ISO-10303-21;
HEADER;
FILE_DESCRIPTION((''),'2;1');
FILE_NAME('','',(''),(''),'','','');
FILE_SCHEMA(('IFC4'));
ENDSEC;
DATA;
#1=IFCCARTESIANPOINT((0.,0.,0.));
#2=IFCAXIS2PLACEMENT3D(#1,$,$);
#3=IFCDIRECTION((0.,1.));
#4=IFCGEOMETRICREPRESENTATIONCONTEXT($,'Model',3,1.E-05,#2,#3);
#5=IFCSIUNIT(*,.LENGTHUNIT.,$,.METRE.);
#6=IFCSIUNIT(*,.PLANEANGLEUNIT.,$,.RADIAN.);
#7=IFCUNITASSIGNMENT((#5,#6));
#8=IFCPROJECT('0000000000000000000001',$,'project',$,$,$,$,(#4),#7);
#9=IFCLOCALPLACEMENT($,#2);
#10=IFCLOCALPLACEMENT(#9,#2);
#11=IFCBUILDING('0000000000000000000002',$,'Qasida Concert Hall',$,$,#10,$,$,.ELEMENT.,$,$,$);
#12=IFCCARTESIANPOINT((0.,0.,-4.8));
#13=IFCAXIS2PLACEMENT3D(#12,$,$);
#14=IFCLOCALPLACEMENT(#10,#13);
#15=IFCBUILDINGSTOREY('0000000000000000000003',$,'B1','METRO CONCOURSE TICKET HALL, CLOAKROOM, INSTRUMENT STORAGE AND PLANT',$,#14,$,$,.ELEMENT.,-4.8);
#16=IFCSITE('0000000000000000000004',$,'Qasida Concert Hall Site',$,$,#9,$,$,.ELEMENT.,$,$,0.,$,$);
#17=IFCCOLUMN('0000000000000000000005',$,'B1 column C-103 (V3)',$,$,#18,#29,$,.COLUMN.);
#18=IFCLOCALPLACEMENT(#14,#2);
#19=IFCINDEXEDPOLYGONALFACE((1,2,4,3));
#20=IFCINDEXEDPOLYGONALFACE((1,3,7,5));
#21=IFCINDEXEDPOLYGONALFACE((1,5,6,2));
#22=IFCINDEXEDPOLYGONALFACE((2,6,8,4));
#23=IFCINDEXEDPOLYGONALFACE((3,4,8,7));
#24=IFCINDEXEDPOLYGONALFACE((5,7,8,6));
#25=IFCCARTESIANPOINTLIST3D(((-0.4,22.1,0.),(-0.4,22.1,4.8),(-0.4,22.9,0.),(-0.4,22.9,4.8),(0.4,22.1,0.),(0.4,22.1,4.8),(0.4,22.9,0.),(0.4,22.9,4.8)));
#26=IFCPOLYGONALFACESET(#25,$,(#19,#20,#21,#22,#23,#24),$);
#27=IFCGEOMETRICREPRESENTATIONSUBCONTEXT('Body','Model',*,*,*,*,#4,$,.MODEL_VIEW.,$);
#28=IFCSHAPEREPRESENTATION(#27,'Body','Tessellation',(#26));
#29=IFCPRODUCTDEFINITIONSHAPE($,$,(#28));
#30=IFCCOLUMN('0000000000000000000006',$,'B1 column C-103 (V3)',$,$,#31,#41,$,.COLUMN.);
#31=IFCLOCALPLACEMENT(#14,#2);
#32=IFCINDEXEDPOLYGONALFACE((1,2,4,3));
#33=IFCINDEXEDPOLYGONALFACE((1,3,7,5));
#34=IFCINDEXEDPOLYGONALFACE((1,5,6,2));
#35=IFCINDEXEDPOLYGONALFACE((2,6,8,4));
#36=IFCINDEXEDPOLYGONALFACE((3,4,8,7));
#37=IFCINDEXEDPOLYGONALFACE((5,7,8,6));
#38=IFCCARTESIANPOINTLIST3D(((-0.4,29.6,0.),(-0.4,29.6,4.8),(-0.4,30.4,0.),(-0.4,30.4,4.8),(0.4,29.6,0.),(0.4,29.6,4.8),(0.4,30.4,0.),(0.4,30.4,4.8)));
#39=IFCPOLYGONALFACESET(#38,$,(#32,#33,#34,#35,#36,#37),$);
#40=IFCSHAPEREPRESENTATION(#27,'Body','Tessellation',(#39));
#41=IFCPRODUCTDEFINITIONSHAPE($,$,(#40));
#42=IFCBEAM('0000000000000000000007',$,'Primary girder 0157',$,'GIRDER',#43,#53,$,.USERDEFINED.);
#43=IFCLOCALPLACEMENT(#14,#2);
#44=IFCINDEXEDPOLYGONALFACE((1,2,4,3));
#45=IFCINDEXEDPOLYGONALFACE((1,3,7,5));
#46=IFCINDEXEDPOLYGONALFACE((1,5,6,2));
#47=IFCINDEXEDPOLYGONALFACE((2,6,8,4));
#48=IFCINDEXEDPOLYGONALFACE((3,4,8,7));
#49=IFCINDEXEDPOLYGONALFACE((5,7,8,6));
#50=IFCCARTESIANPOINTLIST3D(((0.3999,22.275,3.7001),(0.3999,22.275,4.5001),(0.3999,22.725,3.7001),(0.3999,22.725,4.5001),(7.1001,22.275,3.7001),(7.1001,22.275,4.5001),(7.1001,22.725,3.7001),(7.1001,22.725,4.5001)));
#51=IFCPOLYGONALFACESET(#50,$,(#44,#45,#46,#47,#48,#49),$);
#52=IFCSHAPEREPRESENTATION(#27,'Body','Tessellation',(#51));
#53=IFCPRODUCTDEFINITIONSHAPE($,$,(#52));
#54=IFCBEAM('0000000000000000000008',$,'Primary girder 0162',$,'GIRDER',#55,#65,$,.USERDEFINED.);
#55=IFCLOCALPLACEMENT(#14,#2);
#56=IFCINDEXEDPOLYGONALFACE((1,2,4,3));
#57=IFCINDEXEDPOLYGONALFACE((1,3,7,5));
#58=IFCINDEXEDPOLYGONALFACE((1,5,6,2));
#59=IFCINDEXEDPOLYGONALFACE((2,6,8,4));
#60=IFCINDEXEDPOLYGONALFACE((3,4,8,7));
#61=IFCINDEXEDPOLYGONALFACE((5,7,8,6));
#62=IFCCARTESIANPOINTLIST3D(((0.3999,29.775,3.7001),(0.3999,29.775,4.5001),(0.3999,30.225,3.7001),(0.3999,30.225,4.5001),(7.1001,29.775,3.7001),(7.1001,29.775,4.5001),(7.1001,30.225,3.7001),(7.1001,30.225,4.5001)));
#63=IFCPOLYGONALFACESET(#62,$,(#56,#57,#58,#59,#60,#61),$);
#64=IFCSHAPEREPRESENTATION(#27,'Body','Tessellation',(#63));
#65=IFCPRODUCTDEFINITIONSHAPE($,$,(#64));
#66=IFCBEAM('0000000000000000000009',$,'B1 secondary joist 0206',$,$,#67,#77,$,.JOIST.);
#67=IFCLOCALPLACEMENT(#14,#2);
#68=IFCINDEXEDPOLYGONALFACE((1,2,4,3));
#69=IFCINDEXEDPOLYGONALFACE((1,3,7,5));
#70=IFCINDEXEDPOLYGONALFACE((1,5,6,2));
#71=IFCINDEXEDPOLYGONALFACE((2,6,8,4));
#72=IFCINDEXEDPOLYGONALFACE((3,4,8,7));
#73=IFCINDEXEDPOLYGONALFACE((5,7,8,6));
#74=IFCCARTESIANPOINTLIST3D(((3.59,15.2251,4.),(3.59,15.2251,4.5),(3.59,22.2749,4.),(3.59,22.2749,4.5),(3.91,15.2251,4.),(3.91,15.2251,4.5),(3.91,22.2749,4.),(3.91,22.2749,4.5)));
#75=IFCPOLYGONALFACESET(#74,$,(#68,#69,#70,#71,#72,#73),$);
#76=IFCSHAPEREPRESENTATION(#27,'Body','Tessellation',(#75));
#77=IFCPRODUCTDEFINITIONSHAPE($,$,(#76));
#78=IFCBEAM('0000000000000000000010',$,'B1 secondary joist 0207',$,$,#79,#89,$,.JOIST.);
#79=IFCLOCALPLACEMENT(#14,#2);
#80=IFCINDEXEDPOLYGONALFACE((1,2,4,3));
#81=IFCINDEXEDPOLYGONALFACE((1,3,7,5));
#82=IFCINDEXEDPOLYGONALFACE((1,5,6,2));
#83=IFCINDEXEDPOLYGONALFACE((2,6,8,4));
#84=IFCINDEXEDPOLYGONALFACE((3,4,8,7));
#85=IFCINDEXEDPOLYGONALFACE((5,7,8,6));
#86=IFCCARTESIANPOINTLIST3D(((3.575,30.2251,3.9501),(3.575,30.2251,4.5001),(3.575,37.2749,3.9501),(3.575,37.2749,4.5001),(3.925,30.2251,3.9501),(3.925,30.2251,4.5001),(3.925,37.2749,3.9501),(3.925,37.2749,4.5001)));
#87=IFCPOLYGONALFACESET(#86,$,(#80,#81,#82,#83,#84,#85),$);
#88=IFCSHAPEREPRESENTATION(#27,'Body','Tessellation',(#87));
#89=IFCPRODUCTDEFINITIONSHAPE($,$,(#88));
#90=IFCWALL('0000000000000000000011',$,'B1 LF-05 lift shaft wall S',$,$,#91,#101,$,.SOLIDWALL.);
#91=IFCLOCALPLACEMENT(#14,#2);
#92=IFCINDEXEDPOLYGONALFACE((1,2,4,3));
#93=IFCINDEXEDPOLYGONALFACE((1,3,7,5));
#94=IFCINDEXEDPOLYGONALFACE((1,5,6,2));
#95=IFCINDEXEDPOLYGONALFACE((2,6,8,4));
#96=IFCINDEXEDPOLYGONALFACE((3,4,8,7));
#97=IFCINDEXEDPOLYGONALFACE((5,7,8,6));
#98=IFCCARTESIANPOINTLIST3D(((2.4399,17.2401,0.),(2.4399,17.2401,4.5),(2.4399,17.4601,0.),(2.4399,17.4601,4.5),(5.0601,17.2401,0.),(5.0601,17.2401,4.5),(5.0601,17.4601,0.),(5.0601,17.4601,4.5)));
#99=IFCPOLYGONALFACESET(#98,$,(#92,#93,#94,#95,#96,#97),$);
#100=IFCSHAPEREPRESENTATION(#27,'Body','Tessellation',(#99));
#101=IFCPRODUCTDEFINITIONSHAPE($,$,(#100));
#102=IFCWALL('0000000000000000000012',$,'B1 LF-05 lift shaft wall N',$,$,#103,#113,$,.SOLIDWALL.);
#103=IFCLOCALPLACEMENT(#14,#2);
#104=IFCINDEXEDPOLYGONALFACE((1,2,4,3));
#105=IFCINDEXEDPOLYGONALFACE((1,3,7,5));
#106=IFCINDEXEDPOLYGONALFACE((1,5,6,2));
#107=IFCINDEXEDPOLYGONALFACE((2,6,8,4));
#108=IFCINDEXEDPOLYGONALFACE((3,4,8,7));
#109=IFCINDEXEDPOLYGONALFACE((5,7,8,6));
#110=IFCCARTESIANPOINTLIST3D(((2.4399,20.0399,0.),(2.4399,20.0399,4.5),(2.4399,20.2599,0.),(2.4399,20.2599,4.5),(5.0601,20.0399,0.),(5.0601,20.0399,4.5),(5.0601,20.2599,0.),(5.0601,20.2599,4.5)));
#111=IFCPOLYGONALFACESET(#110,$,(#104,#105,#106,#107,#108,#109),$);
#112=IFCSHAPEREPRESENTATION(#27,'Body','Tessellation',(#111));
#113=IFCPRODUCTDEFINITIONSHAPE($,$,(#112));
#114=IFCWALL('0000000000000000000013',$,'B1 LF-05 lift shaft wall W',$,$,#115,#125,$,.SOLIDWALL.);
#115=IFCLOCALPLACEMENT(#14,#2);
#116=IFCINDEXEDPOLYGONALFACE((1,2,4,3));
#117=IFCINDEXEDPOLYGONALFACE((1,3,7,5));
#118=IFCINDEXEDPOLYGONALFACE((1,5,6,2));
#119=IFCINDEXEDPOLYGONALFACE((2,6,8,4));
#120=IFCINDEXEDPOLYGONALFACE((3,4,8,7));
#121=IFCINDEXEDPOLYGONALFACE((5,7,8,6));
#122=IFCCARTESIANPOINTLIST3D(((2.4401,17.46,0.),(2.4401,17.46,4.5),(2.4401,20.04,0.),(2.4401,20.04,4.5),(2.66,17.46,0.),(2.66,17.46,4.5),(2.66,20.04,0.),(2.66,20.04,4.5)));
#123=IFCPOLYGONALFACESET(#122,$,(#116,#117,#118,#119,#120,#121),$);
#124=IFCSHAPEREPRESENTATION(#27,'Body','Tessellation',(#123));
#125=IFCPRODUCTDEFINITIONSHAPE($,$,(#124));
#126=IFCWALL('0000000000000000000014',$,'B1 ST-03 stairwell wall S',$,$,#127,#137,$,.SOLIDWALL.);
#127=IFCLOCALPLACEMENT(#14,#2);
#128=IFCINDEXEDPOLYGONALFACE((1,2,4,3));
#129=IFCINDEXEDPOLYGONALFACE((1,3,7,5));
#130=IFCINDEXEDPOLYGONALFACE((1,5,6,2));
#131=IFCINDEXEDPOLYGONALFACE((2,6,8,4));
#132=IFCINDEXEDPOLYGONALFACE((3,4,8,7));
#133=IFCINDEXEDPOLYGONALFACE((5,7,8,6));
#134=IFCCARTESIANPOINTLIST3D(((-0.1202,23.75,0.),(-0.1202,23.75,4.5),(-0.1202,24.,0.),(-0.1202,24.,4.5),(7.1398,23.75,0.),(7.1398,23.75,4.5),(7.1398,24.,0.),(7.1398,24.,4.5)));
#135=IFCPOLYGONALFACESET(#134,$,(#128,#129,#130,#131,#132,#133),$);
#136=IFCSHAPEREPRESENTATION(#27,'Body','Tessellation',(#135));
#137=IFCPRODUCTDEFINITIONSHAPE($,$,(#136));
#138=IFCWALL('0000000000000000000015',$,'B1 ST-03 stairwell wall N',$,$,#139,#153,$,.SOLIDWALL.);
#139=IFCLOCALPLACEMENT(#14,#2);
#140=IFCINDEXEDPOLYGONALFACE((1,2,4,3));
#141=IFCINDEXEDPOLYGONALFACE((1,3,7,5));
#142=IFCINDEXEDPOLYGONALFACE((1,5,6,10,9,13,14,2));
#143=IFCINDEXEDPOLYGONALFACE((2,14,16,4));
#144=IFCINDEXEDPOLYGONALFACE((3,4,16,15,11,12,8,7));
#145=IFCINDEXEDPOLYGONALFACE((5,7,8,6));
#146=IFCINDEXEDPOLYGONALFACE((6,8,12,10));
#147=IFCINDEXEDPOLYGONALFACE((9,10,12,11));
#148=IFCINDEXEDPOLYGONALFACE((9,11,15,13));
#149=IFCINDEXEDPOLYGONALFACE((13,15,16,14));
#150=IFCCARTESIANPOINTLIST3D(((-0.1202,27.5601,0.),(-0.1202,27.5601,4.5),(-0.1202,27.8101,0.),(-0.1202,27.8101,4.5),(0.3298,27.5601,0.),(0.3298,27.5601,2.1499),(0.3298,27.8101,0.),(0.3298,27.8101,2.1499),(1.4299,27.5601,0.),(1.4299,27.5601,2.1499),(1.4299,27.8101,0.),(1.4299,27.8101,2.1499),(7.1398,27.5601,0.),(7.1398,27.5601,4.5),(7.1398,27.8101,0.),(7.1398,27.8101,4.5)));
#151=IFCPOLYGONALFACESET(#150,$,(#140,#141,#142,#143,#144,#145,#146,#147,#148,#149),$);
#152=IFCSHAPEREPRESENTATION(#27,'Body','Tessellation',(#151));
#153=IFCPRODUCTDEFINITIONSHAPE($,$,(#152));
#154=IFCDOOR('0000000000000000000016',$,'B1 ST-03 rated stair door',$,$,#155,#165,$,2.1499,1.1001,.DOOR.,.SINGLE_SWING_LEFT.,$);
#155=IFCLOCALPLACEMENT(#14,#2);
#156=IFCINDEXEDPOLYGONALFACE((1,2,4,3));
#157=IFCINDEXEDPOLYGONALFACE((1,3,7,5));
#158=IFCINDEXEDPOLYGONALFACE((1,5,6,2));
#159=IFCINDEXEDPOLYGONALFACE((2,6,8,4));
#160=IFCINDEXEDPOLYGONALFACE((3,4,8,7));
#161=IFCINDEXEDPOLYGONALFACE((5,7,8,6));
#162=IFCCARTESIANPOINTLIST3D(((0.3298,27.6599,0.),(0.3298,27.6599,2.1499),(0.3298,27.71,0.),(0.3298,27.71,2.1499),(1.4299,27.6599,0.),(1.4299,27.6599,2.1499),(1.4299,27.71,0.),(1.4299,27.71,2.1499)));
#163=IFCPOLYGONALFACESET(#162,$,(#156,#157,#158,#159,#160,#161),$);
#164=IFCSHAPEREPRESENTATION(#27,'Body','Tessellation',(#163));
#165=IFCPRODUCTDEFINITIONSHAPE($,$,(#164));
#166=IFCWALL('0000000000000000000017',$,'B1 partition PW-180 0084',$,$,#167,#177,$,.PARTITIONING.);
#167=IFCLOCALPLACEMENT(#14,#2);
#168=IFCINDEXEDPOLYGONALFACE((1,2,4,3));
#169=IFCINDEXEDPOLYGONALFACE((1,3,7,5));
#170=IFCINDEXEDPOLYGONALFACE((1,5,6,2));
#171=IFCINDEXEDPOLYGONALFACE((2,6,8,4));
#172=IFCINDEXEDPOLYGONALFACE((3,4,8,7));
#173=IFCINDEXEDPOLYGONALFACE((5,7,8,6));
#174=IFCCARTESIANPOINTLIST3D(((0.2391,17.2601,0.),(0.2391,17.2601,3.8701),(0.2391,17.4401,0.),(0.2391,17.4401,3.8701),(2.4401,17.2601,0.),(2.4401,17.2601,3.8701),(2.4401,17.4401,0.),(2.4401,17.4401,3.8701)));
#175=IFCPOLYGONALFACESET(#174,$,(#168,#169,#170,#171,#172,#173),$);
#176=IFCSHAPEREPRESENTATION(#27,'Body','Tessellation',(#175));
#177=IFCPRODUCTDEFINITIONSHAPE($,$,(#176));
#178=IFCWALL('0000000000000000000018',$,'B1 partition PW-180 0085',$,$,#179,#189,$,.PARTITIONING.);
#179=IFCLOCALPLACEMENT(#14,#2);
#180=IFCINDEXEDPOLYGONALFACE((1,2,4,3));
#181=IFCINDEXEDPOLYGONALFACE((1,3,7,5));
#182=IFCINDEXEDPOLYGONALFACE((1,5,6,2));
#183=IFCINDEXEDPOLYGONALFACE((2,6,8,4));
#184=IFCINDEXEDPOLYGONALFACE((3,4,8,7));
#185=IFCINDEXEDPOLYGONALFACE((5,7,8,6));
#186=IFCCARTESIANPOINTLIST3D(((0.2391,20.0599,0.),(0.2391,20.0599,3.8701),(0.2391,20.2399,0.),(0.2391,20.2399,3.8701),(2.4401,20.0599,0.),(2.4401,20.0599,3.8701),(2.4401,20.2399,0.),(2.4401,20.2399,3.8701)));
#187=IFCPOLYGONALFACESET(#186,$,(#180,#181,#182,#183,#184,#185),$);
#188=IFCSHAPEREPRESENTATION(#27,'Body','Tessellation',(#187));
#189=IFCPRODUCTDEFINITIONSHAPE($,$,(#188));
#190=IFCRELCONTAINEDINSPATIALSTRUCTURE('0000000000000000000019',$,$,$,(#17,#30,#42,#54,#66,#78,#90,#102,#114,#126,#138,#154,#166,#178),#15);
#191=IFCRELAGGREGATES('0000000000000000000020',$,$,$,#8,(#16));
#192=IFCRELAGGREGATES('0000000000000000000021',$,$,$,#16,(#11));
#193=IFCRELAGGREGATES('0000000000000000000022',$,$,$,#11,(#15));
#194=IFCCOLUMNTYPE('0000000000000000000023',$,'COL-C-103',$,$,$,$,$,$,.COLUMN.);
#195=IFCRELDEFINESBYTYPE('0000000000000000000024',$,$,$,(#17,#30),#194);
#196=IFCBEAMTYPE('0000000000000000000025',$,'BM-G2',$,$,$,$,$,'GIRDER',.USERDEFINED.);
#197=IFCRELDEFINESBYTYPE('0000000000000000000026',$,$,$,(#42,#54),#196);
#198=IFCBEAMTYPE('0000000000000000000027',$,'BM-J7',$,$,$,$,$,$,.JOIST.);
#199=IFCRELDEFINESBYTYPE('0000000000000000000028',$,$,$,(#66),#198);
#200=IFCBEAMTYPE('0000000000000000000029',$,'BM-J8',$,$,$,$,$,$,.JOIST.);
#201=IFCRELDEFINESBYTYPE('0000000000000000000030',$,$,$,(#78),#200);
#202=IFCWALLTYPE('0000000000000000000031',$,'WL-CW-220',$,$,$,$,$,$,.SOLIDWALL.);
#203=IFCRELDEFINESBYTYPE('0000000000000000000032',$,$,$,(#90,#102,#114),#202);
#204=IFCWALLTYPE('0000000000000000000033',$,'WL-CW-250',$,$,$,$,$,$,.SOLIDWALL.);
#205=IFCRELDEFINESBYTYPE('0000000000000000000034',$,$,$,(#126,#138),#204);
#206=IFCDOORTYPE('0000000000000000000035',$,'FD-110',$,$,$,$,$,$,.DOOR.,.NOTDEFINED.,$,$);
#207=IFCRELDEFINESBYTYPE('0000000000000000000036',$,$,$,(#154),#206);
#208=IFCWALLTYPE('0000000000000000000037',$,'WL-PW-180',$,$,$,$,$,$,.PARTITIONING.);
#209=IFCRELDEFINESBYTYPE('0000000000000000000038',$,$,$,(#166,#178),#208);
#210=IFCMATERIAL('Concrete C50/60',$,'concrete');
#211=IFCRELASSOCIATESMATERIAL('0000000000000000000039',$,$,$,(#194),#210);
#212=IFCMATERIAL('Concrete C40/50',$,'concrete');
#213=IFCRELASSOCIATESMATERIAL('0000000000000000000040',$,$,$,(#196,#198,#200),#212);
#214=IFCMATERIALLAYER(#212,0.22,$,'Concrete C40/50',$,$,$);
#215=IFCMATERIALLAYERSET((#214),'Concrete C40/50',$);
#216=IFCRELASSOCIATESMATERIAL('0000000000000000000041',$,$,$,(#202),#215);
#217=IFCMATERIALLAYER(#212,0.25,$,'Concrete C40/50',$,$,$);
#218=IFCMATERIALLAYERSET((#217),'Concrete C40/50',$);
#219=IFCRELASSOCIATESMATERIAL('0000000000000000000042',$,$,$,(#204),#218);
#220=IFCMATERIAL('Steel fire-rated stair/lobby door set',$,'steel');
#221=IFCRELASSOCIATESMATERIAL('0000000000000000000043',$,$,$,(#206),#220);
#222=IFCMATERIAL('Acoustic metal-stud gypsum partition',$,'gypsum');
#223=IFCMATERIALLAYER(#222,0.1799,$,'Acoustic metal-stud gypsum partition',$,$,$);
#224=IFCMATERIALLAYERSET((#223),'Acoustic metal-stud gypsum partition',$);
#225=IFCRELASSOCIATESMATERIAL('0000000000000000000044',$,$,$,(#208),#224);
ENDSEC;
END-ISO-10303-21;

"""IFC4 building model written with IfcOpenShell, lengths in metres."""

from ifc_helpers import new_model, si_unit, direction, frame, frame_2d, origin, origin_2d, place, context, subcontext, project, spatial, rectangle, extrude, material, layer, layer_set, material_profile, profile_set, type_object, element, fill, save


model = new_model("IFC4")

# Units and contexts
model_context = context("Model", 3, precision=1e-05, world=origin(), true_north=direction((0.0, 1.0)))
body_context = subcontext(model_context, "Body", "Model", "MODEL_VIEW")
ifc_project = project(units=[si_unit("LENGTHUNIT", "METRE"), si_unit("PLANEANGLEUNIT", "RADIAN")], contexts=[model_context])

# Site, building, storey
site_placement = place(None, origin())
site = spatial("IfcSite", under=ifc_project, at=site_placement, Name="Qasida Concert Hall Site", CompositionType="ELEMENT", RefElevation=0.0)
building_placement = place(site_placement, origin())
building = spatial("IfcBuilding", under=site, at=building_placement, Name="Qasida Concert Hall", CompositionType="ELEMENT")
storey_placement = place(building_placement, frame((0.0, 0.0, -4.8)))
storey = spatial("IfcBuildingStorey", under=building, at=storey_placement, Name="B1", Description="METRO CONCOURSE TICKET HALL, CLOAKROOM, INSTRUMENT STORAGE AND PLANT", CompositionType="ELEMENT", Elevation=-4.8)

# Shared definitions
ifc_material_1 = material(Name="Concrete C40/50", Category="concrete")

# Columns
ifc_material_2 = material(Name="Concrete C50/60", Category="concrete")
ifc_material_profile_1 = material_profile(ifc_material_2, rectangle(XDim=0.8, YDim=0.8, at=origin_2d()), Name="RC 800x800")
ifc_profile_set_1 = profile_set([ifc_material_profile_1], Name="Concrete C50/60")
column_type = type_object("IfcColumnType", Name="COL-C-103", PredefinedType="COLUMN", material=ifc_profile_set_1)
for number, where, z_axis, x_axis, name in (
    (1, (0.0, 22.5, 0.0), (0.0, 0.0, 1.0), (1.0, 0.0, 0.0), "B1 column C-103 (V3)"),
    (2, (0.0, 30.0, 0.0), (0.0, 0.0, 1.0), (1.0, 0.0, 0.0), "B1 column C-103 (V3)"),
):
    element("IfcColumn", number, at=place(storey_placement, frame(where, z_axis=z_axis, x_axis=x_axis)), inside=storey, type_object=column_type, Name=name, PredefinedType="COLUMN", context=body_context, shape_type="SweptSolid", body=[
        extrude(rectangle(XDim=0.8, YDim=0.8, at=origin_2d()), origin(), (0.0, 0.0, 1.0), 4.8),
    ])

# Beams
ifc_material_profile_2 = material_profile(ifc_material_1, rectangle(XDim=0.45, YDim=0.8, at=origin_2d()), Name="RC 450x800")
ifc_profile_set_2 = profile_set([ifc_material_profile_2], Name="Concrete C40/50")
beam_type_1 = type_object("IfcBeamType", Name="BM-G2", ElementType="GIRDER", PredefinedType="USERDEFINED", material=ifc_profile_set_2)
for number, where, z_axis, x_axis, name in (
    (3, (0.3999, 22.5, 4.1001), (1.0, 0.0, 0.0), (0.0, 1.0, 0.0), "Primary girder 0157"),
    (4, (0.3999, 30.0, 4.1001), (1.0, 0.0, 0.0), (0.0, 1.0, 0.0), "Primary girder 0162"),
):
    element("IfcBeam", number, at=place(storey_placement, frame(where, z_axis=z_axis, x_axis=x_axis)), inside=storey, type_object=beam_type_1, Name=name, ObjectType="GIRDER", PredefinedType="USERDEFINED", context=body_context, shape_type="SweptSolid", body=[
        extrude(rectangle(XDim=0.45, YDim=0.8, at=origin_2d()), origin(), (0.0, 0.0, 1.0), 6.7002),
    ])
ifc_material_profile_3 = material_profile(ifc_material_1, rectangle(XDim=0.3201, YDim=0.5, at=origin_2d()), Name="RC 320x500")
ifc_profile_set_3 = profile_set([ifc_material_profile_3], Name="Concrete C40/50")
beam_type_2 = type_object("IfcBeamType", Name="BM-J7", PredefinedType="JOIST", material=ifc_profile_set_3)
beam_1_placement = place(storey_placement, frame((3.75, 15.2251, 4.25), z_axis=(0.0, 1.0, 0.0), x_axis=(-1.0, 0.0, 0.0)))
element("IfcBeam", 5, at=beam_1_placement, inside=storey, type_object=beam_type_2, Name="B1 secondary joist 0206", PredefinedType="JOIST", context=body_context, shape_type="SweptSolid", body=[
    extrude(rectangle(XDim=0.3201, YDim=0.5, at=origin_2d()), origin(), (0.0, 0.0, 1.0), 7.0498),
])
ifc_material_profile_4 = material_profile(ifc_material_1, rectangle(XDim=0.3501, YDim=0.55, at=origin_2d()), Name="RC 350x550")
ifc_profile_set_4 = profile_set([ifc_material_profile_4], Name="Concrete C40/50")
beam_type_3 = type_object("IfcBeamType", Name="BM-J8", PredefinedType="JOIST", material=ifc_profile_set_4)
beam_2_placement = place(storey_placement, frame((3.75, 30.2251, 4.2251), z_axis=(0.0, 1.0, 0.0), x_axis=(-1.0, 0.0, 0.0)))
element("IfcBeam", 6, at=beam_2_placement, inside=storey, type_object=beam_type_3, Name="B1 secondary joist 0207", PredefinedType="JOIST", context=body_context, shape_type="SweptSolid", body=[
    extrude(rectangle(XDim=0.3501, YDim=0.55, at=origin_2d()), origin(), (0.0, 0.0, 1.0), 7.0498),
])

# Walls
ifc_layer_1 = layer(ifc_material_1, 0.22, Name="Concrete C40/50")
ifc_layer_set_1 = layer_set([ifc_layer_1], Name="Concrete C40/50")
wall_type_1 = type_object("IfcWallType", Name="WL-CW-220", PredefinedType="SOLIDWALL", material=ifc_layer_set_1)
for number, where, z_axis, x_axis, name in (
    (7, (2.4399, 17.3501, 0.0), (0.0, 0.0, 1.0), (1.0, 0.0, 0.0), "B1 LF-05 lift shaft wall S"),
    (8, (2.4399, 20.1499, 0.0), (0.0, 0.0, 1.0), (1.0, 0.0, 0.0), "B1 LF-05 lift shaft wall N"),
):
    element("IfcWall", number, at=place(storey_placement, frame(where, z_axis=z_axis, x_axis=x_axis)), inside=storey, type_object=wall_type_1, Name=name, PredefinedType="SOLIDWALL", context=body_context, shape_type="SweptSolid", body=[
        extrude(rectangle(XDim=2.6201, YDim=0.22, at=frame_2d((1.3101, 0.0))), origin(), (0.0, 0.0, 1.0), 4.5),
    ])
wall_1_placement = place(storey_placement, frame((2.55, 17.46, 0.0), z_axis=(0.0, 0.0, 1.0), x_axis=(0.0, 1.0, 0.0)))
element("IfcWall", 9, at=wall_1_placement, inside=storey, type_object=wall_type_1, Name="B1 LF-05 lift shaft wall W", PredefinedType="SOLIDWALL", context=body_context, shape_type="SweptSolid", body=[
    extrude(rectangle(XDim=2.5801, YDim=0.22, at=frame_2d((1.29, 0.0))), origin(), (0.0, 0.0, 1.0), 4.5),
])

# Wall
ifc_layer_2 = layer(ifc_material_1, 0.25, Name="Concrete C40/50")
ifc_layer_set_2 = layer_set([ifc_layer_2], Name="Concrete C40/50")
wall_type_2 = type_object("IfcWallType", Name="WL-CW-250", PredefinedType="SOLIDWALL", material=ifc_layer_set_2)
wall_2_placement = place(storey_placement, frame((-0.1201, 23.875, 0.0), z_axis=(0.0, 0.0, 1.0), x_axis=(1.0, 0.0, 0.0)))
element("IfcWall", 10, at=wall_2_placement, inside=storey, type_object=wall_type_2, Name="B1 ST-03 stairwell wall S", PredefinedType="SOLIDWALL", context=body_context, shape_type="SweptSolid", body=[
    extrude(rectangle(XDim=7.26, YDim=0.25, at=frame_2d((3.6299, 0.0))), origin(), (0.0, 0.0, 1.0), 4.5),
])

# Wall, opening, door
wall_3_placement = place(storey_placement, frame((-0.1201, 27.6851, 0.0), z_axis=(0.0, 0.0, 1.0), x_axis=(1.0, 0.0, 0.0)))
wall_3 = element("IfcWall", 11, at=wall_3_placement, inside=storey, type_object=wall_type_2, Name="B1 ST-03 stairwell wall N", PredefinedType="SOLIDWALL", context=body_context, shape_type="SweptSolid", body=[
    extrude(rectangle(XDim=7.26, YDim=0.25, at=frame_2d((3.6299, 0.0))), origin(), (0.0, 0.0, 1.0), 4.5),
])
opening_1_placement = place(wall_3_placement, frame((0.45, 0.0, 0.0)))
opening_1 = element("IfcOpeningElement", 12, at=opening_1_placement, cuts=wall_3, PredefinedType="OPENING", context=body_context, shape_type="SweptSolid", body=[
    extrude(rectangle(XDim=1.1001, YDim=2.1499, at=frame_2d((0.55, 1.075))), frame((0.0, 0.135, 0.0), z_axis=(0.0, -1.0, 0.0), x_axis=(1.0, 0.0, 0.0)), (0.0, 0.0, 1.0), 0.27),
])
ifc_material_3 = material(Name="Steel fire-rated stair/lobby door set", Category="steel")
door_type_1 = type_object("IfcDoorType", Name="FD-110", OperationType="NOTDEFINED", PredefinedType="DOOR", material=ifc_material_3)
door_1_placement = place(opening_1_placement, origin())
door_1 = element("IfcDoor", 13, at=door_1_placement, inside=storey, type_object=door_type_1, Name="B1 ST-03 rated stair door", OperationType="SINGLE_SWING_LEFT", OverallHeight=2.1499, OverallWidth=1.1001, PredefinedType="DOOR", context=body_context, shape_type="SweptSolid", body=[
    extrude(rectangle(XDim=1.1001, YDim=2.1499, at=frame_2d((0.55, 1.075))), frame((0.0, 0.0249, 0.0), z_axis=(0.0, -1.0, 0.0), x_axis=(1.0, 0.0, 0.0)), (0.0, 0.0, 1.0), 0.05),
])
fill(opening_1, door_1)

# Walls
ifc_material_4 = material(Name="Acoustic metal-stud gypsum partition", Category="gypsum")
ifc_layer_3 = layer(ifc_material_4, 0.1799, Name="Acoustic metal-stud gypsum partition")
ifc_layer_set_3 = layer_set([ifc_layer_3], Name="Acoustic metal-stud gypsum partition")
wall_type_3 = type_object("IfcWallType", Name="WL-PW-180", PredefinedType="PARTITIONING", material=ifc_layer_set_3)
for number, where, z_axis, x_axis, name in (
    (14, (0.239, 17.3501, 0.0), (0.0, 0.0, 1.0), (1.0, 0.0, 0.0), "B1 partition PW-180 0084"),
    (15, (0.239, 20.1499, 0.0), (0.0, 0.0, 1.0), (1.0, 0.0, 0.0), "B1 partition PW-180 0085"),
):
    element("IfcWall", number, at=place(storey_placement, frame(where, z_axis=z_axis, x_axis=x_axis)), inside=storey, type_object=wall_type_3, Name=name, PredefinedType="PARTITIONING", context=body_context, shape_type="SweptSolid", body=[
        extrude(rectangle(XDim=2.2009, YDim=0.1799, at=frame_2d((1.1006, 0.0))), origin(), (0.0, 0.0, 1.0), 3.8701),
    ])

save(model, "model.ifc")
